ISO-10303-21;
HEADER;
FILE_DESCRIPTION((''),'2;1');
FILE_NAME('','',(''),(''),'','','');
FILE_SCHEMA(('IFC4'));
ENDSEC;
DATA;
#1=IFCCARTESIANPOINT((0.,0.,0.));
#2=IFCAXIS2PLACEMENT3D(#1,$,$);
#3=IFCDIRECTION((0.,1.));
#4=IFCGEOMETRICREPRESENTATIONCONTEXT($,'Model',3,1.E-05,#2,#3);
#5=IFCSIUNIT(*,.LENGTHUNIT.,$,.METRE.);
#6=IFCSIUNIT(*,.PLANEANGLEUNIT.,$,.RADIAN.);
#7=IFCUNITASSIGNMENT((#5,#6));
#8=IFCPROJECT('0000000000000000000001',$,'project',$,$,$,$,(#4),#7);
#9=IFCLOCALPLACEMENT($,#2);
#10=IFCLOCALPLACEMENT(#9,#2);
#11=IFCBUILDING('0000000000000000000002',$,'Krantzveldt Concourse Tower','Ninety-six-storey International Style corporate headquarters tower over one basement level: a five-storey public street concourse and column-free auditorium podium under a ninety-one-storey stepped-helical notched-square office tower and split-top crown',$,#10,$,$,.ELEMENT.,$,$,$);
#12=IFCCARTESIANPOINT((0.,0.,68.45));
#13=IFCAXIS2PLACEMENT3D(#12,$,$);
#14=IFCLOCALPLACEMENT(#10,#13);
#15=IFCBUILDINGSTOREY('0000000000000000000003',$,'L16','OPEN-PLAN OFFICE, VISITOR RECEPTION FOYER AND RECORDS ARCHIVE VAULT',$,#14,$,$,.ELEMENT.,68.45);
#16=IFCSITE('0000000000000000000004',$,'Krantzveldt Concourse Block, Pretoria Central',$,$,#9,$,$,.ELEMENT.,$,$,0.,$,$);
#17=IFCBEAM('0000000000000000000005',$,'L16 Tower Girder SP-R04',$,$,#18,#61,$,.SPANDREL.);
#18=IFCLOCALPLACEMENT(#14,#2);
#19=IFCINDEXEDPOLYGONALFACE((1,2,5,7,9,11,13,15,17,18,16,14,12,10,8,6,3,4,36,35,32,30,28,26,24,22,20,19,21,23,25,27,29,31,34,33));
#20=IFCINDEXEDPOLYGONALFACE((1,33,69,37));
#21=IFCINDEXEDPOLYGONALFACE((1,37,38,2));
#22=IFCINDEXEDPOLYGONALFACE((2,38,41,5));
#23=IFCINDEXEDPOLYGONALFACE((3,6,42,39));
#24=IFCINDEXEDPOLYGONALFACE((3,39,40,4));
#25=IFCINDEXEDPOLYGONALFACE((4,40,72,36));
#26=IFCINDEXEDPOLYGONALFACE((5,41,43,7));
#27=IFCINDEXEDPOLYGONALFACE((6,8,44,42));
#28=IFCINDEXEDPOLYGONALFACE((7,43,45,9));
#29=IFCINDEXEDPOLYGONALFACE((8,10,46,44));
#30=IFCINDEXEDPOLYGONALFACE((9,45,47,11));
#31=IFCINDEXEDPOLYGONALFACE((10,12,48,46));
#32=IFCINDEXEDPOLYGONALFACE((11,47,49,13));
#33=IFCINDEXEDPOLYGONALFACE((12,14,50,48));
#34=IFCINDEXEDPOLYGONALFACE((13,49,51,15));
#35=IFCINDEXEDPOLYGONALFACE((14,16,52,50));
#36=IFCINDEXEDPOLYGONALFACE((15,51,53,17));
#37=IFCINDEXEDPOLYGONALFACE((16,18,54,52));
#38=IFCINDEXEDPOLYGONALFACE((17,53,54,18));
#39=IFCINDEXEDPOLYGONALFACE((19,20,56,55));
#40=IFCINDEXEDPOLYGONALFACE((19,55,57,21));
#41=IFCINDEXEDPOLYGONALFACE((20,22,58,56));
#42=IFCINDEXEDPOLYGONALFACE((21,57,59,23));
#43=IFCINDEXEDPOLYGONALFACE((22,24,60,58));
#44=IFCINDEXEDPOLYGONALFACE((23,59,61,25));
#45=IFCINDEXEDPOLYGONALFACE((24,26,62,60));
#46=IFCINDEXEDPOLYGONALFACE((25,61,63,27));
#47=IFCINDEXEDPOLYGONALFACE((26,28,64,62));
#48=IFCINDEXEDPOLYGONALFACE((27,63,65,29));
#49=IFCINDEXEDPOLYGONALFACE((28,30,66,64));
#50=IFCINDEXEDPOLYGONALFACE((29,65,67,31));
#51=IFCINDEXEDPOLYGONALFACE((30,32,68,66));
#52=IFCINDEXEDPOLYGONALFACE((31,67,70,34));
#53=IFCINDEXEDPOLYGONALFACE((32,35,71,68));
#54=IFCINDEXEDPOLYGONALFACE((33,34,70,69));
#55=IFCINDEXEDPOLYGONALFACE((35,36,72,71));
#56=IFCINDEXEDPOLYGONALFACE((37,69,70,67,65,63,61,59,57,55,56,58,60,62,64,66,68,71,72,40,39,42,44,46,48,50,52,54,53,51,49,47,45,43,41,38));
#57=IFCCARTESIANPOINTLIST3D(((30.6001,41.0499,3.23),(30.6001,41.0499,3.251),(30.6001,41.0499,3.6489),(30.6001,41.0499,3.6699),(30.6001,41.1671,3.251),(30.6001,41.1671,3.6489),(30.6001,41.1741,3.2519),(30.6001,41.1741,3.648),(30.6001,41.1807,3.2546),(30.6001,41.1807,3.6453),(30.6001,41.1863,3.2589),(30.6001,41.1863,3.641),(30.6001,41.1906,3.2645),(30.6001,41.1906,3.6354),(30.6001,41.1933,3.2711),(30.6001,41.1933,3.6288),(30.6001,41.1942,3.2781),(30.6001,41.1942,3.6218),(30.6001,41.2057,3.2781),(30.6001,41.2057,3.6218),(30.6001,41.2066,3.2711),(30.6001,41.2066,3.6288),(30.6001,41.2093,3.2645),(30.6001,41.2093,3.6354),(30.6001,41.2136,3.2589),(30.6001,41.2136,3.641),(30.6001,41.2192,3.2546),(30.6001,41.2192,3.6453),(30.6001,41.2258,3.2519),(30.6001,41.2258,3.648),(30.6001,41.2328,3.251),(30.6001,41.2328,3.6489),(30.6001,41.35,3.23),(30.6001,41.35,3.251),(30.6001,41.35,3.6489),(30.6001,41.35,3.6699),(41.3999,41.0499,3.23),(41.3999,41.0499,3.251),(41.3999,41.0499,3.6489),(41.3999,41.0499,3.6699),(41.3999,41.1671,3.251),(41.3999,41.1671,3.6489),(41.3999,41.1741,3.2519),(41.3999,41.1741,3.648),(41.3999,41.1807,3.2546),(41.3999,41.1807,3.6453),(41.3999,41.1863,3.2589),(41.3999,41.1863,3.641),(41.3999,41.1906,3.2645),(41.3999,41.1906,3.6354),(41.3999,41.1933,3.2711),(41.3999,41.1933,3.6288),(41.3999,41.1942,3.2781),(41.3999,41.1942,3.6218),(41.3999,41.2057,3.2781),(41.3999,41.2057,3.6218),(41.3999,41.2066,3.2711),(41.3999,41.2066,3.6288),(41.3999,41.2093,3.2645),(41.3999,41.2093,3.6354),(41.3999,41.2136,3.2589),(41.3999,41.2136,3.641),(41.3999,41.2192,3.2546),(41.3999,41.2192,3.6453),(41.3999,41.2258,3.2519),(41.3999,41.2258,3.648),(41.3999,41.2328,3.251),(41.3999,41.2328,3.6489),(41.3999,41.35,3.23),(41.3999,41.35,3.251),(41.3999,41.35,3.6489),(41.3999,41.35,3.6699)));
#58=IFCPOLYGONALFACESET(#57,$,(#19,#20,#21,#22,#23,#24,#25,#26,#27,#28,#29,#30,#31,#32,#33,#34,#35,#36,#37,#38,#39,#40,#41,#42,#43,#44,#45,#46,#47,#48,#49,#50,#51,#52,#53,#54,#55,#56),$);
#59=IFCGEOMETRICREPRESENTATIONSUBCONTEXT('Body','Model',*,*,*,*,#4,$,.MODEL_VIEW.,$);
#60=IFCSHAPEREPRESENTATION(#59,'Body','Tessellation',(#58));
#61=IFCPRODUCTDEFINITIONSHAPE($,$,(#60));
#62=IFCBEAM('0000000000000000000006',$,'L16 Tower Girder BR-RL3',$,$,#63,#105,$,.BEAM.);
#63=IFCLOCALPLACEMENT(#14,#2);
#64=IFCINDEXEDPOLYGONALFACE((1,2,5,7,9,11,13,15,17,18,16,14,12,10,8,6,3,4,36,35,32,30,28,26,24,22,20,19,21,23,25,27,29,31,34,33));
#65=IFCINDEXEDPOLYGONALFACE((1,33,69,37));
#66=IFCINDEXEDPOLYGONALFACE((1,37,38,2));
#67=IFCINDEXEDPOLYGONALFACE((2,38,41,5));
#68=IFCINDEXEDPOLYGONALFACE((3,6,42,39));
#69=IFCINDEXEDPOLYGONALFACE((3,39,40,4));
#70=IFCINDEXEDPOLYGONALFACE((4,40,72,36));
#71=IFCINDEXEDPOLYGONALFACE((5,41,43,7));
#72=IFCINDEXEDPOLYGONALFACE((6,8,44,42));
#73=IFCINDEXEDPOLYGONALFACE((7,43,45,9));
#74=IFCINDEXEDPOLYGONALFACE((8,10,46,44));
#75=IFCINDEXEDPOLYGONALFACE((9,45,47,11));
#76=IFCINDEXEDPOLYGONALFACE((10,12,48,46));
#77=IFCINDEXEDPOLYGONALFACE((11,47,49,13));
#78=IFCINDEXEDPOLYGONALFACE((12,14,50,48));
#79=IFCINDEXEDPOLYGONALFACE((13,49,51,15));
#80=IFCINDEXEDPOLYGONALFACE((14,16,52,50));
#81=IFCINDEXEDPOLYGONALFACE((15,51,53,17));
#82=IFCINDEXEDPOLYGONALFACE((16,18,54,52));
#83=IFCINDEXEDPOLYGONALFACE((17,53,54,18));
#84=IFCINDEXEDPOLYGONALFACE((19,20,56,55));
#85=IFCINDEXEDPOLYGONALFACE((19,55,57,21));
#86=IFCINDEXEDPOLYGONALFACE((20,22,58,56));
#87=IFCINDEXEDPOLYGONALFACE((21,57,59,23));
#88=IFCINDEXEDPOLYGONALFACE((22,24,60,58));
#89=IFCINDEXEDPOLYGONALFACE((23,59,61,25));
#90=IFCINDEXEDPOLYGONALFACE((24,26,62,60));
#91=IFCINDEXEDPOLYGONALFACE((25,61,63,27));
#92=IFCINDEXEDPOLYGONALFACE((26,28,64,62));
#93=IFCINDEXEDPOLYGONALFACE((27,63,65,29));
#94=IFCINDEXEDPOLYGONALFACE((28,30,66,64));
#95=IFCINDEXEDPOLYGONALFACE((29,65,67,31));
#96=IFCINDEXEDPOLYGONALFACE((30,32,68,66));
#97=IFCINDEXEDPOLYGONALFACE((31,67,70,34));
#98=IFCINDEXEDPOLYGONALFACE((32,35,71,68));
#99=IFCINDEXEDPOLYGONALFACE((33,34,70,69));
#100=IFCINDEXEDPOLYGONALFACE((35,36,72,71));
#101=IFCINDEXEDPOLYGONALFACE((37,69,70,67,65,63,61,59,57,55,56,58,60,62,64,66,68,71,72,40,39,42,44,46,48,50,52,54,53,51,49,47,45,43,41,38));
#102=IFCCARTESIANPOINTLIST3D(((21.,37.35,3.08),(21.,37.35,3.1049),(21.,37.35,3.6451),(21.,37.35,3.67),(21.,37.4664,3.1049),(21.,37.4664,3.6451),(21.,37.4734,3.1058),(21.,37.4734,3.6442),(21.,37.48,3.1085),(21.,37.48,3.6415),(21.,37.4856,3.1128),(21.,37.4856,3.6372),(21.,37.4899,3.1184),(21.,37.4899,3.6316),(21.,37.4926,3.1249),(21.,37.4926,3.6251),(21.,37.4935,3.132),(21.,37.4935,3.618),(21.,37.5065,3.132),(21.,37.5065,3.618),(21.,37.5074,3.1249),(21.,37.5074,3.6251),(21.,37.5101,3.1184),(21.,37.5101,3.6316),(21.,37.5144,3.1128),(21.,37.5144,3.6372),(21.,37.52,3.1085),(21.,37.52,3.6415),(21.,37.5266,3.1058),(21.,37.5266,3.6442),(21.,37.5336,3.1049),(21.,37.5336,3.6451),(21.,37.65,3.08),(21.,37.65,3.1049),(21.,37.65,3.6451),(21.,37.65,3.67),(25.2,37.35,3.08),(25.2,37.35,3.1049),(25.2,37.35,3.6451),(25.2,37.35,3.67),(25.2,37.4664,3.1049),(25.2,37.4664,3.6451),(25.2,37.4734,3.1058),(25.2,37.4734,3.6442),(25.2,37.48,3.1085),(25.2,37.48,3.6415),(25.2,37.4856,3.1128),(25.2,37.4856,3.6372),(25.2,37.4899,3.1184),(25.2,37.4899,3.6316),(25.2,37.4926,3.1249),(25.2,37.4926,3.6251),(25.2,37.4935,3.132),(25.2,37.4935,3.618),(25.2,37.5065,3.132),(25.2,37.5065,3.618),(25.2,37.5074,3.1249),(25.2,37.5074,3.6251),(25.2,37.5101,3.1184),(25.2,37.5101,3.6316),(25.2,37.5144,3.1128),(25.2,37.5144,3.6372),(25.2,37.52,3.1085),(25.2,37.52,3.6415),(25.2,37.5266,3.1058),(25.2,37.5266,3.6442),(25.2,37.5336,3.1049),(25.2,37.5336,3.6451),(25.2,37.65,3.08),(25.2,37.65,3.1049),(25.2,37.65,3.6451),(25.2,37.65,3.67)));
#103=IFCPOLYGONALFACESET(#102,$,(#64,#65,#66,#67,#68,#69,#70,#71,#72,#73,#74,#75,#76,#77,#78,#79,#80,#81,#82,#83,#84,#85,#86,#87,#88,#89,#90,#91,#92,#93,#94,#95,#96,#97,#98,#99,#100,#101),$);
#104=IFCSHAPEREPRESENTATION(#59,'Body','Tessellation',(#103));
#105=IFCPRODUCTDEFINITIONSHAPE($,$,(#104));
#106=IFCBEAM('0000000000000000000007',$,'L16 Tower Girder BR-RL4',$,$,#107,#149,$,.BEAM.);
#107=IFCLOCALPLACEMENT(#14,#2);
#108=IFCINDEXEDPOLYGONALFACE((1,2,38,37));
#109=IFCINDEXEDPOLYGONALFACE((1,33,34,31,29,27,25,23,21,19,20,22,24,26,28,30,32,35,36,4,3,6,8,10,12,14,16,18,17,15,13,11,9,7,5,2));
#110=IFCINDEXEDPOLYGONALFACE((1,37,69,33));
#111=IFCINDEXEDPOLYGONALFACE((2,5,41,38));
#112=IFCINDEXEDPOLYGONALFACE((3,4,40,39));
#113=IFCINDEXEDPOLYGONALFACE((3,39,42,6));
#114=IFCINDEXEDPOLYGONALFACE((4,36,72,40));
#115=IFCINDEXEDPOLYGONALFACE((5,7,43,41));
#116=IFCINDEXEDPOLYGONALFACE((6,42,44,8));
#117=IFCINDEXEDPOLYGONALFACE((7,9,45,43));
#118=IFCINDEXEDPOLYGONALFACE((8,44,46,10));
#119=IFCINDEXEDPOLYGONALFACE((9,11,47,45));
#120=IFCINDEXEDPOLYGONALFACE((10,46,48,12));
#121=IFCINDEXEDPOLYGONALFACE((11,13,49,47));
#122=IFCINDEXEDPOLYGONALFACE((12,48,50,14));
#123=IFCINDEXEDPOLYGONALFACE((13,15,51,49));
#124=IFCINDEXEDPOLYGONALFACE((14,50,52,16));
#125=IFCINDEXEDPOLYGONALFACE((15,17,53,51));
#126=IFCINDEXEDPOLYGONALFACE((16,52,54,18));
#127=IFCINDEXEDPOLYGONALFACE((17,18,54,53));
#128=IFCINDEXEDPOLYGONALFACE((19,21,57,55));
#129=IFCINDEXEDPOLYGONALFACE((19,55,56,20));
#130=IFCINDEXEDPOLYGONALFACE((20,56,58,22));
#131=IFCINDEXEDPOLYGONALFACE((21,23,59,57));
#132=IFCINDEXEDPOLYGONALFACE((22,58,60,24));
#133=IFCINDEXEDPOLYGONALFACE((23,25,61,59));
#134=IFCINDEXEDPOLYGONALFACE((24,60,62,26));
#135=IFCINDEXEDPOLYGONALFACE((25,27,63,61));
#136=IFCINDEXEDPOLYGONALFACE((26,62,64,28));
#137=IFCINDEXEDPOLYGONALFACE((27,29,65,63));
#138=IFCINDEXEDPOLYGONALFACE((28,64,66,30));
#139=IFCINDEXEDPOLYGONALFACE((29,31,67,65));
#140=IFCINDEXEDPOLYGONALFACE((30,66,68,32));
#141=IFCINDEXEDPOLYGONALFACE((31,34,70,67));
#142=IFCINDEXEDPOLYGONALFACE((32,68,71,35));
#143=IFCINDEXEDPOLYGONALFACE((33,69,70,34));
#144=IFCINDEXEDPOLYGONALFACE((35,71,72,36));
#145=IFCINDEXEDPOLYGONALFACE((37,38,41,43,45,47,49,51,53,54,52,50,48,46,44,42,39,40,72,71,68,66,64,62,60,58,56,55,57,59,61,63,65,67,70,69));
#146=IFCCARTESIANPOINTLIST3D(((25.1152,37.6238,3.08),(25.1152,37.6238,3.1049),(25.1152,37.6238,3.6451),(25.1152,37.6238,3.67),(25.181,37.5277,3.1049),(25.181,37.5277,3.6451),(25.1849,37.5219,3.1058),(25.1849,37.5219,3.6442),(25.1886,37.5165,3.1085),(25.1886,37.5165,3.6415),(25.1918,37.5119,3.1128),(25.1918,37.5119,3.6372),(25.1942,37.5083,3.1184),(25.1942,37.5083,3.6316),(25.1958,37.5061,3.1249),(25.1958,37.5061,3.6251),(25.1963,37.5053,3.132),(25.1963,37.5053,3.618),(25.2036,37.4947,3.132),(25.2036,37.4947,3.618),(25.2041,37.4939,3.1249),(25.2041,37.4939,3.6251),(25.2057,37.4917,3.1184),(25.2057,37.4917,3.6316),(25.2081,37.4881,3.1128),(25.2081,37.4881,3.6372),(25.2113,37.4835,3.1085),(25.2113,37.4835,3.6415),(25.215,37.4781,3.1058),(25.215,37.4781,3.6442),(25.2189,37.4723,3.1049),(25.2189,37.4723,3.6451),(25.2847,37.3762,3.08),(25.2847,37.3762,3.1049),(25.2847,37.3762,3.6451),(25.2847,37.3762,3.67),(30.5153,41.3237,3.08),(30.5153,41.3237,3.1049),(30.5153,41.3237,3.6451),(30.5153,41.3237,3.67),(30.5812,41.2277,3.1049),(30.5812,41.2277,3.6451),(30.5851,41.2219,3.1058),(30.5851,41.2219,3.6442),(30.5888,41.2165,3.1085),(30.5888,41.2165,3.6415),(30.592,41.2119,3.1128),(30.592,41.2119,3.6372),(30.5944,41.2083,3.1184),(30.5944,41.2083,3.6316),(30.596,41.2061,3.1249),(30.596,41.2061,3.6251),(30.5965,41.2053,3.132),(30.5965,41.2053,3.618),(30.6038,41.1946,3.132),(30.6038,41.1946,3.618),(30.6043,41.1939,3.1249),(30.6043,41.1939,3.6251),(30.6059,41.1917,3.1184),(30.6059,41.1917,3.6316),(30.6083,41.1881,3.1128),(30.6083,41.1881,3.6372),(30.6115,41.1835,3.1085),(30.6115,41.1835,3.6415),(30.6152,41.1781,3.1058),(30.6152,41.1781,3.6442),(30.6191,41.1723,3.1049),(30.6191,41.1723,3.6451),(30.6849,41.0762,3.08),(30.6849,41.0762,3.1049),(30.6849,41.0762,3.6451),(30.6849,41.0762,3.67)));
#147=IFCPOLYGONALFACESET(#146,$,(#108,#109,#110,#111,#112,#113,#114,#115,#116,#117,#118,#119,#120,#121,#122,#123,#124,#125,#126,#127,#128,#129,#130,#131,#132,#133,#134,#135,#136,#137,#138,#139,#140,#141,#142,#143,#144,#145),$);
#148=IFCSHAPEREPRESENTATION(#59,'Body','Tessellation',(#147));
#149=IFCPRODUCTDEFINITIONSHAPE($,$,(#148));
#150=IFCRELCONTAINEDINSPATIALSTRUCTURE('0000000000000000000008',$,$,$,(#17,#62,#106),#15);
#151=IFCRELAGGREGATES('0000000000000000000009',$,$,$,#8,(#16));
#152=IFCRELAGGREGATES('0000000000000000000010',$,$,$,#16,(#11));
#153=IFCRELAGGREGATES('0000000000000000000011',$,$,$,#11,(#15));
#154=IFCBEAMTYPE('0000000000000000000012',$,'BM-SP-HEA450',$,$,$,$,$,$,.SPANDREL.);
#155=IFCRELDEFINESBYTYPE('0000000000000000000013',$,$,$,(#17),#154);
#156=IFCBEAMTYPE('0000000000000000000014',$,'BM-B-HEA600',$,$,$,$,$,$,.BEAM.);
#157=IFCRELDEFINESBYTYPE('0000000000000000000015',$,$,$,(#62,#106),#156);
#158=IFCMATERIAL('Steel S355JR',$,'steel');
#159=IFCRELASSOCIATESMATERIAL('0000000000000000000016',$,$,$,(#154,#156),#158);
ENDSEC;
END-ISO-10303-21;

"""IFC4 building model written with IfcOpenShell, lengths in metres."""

from ifc_helpers import new_model, si_unit, direction, frame, origin, origin_2d, place, context, subcontext, project, spatial, i_section, extrude, source, transform, mapped, material, material_profile, profile_set, type_object, type_shapes, element, save


model = new_model("IFC4")

# Units and contexts
model_context = context("Model", 3, precision=1e-05, world=origin(), true_north=direction((0.0, 1.0)))
body_context = subcontext(model_context, "Body", "Model", "MODEL_VIEW")
ifc_project = project(units=[si_unit("LENGTHUNIT", "METRE"), si_unit("PLANEANGLEUNIT", "RADIAN")], contexts=[model_context])

# Site, building, storey
site_placement = place(None, origin())
site = spatial("IfcSite", under=ifc_project, at=site_placement, Name="Krantzveldt Concourse Block, Pretoria Central", CompositionType="ELEMENT", RefElevation=0.0)
building_placement = place(site_placement, origin())
building = spatial("IfcBuilding", under=site, at=building_placement, Name="Krantzveldt Concourse Tower", Description="Ninety-six-storey International Style corporate headquarters tower over one basement level: a five-storey public street concourse and column-free auditorium podium under a ninety-one-storey stepped-helical notched-square office tower and split-top crown", CompositionType="ELEMENT")
storey_placement = place(building_placement, frame((0.0, 0.0, 68.45)))
storey = spatial("IfcBuildingStorey", under=building, at=storey_placement, Name="L16", Description="OPEN-PLAN OFFICE, VISITOR RECEPTION FOYER AND RECORDS ARCHIVE VAULT", CompositionType="ELEMENT", Elevation=68.45)

# Beams
ifc_material_1 = material(Name="Steel S355JR", Category="steel")
ifc_material_profile_1 = material_profile(ifc_material_1, i_section(OverallWidth=0.3, OverallDepth=0.4399, WebThickness=0.0115, FlangeThickness=0.021, FilletRadius=0.0271, at=origin_2d()), Name="Steel S355JR", Category="steel")
ifc_profile_set_1 = profile_set([ifc_material_profile_1], Name="Steel S355JR - HEA 450")
beam_type_1 = type_object("IfcBeamType", Name="BM-SP-HEA450", PredefinedType="SPANDREL", material=ifc_profile_set_1)
shared_shape_1 = source(origin(), body_context, "Body", "SweptSolid", [
    extrude(i_section(OverallWidth=0.3, OverallDepth=0.4399, WebThickness=0.0115, FlangeThickness=0.021, FilletRadius=0.0271, at=origin_2d()), origin(), (0.0, 0.0, 1.0), 10.7998),
])
beam_1_placement = place(storey_placement, frame((30.6001, 41.2, 3.45), z_axis=(1.0, 0.0, 0.0), x_axis=(0.0, 1.0, 0.0)))
element("IfcBeam", 1, at=beam_1_placement, inside=storey, type_object=beam_type_1, Name="L16 Tower Girder SP-R04", PredefinedType="SPANDREL", context=body_context, shape_type="MappedRepresentation", body=[
    mapped(shared_shape_1, transform((0.0, 0.0, 0.0), x_axis=(1.0, 0.0, 0.0), y_axis=(0.0, 1.0, 0.0), z_axis=(0.0, 0.0, 1.0), scale=1.0)),
])
ifc_material_profile_2 = material_profile(ifc_material_1, i_section(OverallWidth=0.3, OverallDepth=0.5901, WebThickness=0.0129, FlangeThickness=0.0249, FilletRadius=0.0271, at=origin_2d()), Name="Steel S355JR", Category="steel")
ifc_profile_set_2 = profile_set([ifc_material_profile_2], Name="Steel S355JR - HEA 600")
beam_type_2 = type_object("IfcBeamType", Name="BM-B-HEA600", PredefinedType="BEAM", material=ifc_profile_set_2)
shared_shape_2 = source(origin(), body_context, "Body", "SweptSolid", [
    extrude(i_section(OverallWidth=0.3, OverallDepth=0.5901, WebThickness=0.0129, FlangeThickness=0.0249, FilletRadius=0.0271, at=origin_2d()), origin(), (0.0, 0.0, 1.0), 4.2),
])
beam_2_placement = place(storey_placement, frame((21.0, 37.5, 3.375), z_axis=(1.0, 0.0, 0.0), x_axis=(0.0, 1.0, 0.0)))
element("IfcBeam", 2, at=beam_2_placement, inside=storey, type_object=beam_type_2, Name="L16 Tower Girder BR-RL3", PredefinedType="BEAM", context=body_context, shape_type="MappedRepresentation", body=[
    mapped(shared_shape_2, transform((0.0, 0.0, 0.0), x_axis=(1.0, 0.0, 0.0), y_axis=(0.0, 1.0, 0.0), z_axis=(0.0, 0.0, 1.0), scale=1.0)),
])
shared_shape_3 = source(origin(), body_context, "Body", "SweptSolid", [
    extrude(i_section(OverallWidth=0.3, OverallDepth=0.5901, WebThickness=0.0129, FlangeThickness=0.0249, FilletRadius=0.0271, at=origin_2d()), origin(), (0.0, 0.0, 1.0), 6.5461),
])
type_shapes(beam_type_2, [shared_shape_2, shared_shape_3])
beam_3_placement = place(storey_placement, frame((25.2, 37.5, 3.375), z_axis=(0.824943, 0.565216, 0.0), x_axis=(-0.565216, 0.824943, 0.0)))
element("IfcBeam", 3, at=beam_3_placement, inside=storey, type_object=beam_type_2, Name="L16 Tower Girder BR-RL4", PredefinedType="BEAM", context=body_context, shape_type="MappedRepresentation", body=[
    mapped(shared_shape_3, transform((0.0, 0.0, 0.0), x_axis=(1.0, 0.0, 0.0), y_axis=(0.0, 1.0, 0.0), z_axis=(0.0, 0.0, 1.0), scale=1.0)),
])

save(model, "model.ifc")
